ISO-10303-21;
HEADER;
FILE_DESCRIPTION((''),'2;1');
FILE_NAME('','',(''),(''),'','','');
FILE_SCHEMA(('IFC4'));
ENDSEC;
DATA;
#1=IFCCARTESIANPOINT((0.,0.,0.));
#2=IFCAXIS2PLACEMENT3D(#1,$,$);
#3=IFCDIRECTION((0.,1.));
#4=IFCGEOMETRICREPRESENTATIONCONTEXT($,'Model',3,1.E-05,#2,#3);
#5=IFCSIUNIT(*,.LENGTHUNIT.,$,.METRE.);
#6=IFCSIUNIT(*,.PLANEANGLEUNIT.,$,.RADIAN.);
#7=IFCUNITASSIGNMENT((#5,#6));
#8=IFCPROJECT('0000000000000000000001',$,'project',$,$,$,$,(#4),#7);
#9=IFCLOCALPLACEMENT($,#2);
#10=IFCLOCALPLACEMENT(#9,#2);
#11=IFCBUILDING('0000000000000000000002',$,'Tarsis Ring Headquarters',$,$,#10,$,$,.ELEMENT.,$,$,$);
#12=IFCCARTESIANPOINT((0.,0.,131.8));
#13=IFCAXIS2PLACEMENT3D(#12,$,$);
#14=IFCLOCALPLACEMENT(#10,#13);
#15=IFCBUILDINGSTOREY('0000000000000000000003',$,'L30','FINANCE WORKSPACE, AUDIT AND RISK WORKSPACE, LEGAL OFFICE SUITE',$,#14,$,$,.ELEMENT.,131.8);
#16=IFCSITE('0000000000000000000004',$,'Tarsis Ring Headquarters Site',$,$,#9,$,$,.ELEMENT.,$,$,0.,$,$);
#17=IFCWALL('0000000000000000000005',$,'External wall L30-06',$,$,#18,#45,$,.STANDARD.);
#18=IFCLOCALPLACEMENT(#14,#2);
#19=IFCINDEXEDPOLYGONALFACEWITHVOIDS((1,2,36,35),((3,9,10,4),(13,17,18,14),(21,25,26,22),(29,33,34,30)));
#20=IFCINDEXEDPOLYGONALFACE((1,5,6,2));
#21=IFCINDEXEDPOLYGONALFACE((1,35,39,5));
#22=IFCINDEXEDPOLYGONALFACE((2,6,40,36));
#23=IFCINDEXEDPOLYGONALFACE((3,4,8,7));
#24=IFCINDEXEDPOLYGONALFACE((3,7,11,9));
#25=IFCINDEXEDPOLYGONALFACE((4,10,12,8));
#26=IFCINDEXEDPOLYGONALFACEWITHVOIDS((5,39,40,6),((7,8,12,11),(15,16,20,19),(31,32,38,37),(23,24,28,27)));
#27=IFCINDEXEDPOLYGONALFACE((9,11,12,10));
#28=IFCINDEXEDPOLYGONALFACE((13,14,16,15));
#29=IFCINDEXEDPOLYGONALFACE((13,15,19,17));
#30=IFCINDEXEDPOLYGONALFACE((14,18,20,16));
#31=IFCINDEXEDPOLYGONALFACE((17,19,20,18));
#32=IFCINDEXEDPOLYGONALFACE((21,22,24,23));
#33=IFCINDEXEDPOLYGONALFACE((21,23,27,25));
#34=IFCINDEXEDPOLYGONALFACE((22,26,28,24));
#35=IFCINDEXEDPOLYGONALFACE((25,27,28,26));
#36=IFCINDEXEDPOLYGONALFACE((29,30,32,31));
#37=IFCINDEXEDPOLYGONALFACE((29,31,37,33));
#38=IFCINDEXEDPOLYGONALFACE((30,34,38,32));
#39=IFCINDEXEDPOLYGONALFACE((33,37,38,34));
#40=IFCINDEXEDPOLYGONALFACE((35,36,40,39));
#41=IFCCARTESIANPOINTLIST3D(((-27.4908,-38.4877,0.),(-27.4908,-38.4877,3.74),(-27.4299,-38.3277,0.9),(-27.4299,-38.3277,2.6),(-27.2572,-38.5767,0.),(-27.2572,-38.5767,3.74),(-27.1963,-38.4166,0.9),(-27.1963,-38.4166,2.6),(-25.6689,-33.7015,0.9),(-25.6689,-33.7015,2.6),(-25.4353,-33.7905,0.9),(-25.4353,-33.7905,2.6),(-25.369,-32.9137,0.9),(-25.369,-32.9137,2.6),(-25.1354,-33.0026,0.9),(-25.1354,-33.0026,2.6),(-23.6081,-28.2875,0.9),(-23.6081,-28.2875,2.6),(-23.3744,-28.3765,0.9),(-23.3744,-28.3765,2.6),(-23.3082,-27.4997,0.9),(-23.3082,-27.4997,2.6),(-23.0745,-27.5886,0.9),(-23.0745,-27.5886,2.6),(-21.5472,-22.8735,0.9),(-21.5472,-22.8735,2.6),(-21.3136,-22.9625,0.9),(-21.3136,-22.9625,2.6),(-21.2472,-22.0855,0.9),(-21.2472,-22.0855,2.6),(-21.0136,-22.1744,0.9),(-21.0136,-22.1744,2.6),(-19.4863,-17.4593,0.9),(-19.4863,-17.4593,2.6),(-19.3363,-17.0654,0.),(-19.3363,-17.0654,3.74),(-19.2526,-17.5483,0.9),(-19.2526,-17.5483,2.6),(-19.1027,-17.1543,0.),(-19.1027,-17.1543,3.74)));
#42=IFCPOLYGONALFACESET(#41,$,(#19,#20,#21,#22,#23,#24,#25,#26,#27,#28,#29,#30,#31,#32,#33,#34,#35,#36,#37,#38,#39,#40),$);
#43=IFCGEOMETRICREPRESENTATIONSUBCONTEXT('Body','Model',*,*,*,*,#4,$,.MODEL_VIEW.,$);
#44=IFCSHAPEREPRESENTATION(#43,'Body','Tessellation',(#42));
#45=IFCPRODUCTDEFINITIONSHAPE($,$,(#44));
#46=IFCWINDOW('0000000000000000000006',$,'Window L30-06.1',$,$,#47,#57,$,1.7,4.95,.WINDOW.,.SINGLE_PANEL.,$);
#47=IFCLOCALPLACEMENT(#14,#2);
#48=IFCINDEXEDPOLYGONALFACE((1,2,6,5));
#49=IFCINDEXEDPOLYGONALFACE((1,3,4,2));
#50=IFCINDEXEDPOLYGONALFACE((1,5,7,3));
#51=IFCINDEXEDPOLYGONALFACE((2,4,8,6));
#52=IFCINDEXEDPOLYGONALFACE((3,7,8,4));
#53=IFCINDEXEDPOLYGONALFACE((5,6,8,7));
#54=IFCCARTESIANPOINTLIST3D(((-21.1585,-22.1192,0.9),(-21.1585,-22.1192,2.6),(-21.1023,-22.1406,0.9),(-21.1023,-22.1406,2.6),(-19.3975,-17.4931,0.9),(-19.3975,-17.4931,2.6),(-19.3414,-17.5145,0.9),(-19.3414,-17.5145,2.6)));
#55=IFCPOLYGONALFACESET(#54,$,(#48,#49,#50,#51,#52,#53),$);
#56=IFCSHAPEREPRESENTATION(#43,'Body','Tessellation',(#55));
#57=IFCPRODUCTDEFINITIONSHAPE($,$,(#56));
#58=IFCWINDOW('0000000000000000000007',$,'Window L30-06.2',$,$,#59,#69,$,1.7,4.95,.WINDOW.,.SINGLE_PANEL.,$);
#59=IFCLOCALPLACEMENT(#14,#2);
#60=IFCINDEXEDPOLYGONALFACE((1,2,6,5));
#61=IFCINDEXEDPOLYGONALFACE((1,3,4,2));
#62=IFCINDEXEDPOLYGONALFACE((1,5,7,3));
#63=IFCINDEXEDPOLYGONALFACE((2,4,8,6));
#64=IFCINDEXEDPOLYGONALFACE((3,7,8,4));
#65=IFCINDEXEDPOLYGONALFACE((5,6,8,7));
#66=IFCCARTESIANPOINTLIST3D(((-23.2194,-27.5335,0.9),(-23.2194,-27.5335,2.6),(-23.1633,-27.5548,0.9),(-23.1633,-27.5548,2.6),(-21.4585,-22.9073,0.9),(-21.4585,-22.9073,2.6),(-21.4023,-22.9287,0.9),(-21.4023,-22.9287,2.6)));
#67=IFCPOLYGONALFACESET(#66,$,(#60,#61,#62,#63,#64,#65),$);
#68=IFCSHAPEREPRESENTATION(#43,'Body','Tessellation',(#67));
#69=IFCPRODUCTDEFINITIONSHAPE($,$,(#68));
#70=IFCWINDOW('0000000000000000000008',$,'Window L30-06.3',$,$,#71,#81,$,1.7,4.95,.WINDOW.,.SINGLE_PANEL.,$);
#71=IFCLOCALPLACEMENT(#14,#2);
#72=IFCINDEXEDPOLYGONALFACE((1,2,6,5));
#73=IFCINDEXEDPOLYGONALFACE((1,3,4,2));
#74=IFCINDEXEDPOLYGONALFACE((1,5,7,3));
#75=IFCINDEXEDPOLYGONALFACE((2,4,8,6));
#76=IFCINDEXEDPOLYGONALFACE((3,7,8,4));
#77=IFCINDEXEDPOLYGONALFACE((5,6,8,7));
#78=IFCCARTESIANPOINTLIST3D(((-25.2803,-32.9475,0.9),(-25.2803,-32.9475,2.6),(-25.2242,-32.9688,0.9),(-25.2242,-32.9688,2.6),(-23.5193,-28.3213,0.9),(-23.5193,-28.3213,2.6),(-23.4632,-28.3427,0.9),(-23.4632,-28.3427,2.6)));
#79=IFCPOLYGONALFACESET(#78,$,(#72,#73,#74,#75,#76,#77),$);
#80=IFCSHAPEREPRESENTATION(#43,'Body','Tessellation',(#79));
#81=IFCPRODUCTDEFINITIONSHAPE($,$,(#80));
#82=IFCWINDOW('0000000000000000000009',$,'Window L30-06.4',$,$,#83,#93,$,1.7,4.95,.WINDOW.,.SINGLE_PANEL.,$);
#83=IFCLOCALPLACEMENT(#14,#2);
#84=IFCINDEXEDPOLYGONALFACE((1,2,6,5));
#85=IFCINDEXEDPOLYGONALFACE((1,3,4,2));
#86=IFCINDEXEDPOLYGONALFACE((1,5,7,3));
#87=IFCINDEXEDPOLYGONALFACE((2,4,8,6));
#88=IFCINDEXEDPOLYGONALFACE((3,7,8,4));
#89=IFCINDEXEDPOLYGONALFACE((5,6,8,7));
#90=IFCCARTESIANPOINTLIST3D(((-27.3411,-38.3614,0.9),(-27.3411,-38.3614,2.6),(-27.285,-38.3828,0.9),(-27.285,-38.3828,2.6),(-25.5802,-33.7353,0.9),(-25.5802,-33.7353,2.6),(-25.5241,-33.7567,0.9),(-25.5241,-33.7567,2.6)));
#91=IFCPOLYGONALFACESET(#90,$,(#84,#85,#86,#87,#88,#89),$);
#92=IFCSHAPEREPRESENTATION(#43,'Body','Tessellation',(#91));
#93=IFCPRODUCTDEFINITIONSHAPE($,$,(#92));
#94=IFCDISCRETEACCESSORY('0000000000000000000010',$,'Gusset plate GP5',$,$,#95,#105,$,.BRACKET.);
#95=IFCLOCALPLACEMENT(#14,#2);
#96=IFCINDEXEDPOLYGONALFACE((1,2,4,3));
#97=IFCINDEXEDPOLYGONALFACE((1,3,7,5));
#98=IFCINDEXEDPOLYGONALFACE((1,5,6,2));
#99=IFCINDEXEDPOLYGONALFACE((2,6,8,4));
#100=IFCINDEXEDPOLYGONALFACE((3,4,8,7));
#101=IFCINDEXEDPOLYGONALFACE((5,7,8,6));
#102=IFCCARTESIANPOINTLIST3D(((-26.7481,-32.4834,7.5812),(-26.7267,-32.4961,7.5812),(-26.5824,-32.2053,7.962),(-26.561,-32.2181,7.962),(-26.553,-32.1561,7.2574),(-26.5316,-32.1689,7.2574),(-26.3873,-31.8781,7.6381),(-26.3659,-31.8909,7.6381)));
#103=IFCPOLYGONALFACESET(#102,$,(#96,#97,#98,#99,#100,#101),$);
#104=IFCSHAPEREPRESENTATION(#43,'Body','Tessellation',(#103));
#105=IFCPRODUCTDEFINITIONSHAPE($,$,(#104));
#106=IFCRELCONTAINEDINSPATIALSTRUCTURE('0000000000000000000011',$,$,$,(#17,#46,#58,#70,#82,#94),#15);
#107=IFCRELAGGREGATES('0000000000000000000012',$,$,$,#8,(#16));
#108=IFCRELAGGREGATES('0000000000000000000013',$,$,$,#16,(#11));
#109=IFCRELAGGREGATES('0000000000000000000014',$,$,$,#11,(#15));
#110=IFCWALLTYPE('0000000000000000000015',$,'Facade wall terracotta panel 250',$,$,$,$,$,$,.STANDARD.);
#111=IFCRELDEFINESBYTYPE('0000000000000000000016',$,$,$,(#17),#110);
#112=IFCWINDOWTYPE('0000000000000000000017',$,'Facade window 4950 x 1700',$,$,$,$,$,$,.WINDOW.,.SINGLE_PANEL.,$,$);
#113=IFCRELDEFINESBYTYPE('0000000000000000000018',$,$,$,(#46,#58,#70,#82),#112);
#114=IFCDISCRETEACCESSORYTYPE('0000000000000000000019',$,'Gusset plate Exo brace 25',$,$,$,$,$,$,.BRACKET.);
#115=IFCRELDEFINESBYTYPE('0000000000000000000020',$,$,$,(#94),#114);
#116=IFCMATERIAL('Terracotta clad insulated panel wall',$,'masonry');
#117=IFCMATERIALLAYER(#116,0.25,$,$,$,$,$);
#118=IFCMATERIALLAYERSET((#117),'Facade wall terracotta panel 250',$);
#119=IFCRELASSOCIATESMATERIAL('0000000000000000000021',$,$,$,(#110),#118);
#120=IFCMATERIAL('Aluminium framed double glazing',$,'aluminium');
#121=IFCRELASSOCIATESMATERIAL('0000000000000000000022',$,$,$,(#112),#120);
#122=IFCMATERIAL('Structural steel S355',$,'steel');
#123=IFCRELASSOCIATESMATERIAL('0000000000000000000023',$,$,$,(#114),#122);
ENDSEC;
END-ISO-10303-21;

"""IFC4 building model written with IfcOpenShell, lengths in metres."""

from ifc_helpers import new_model, si_unit, direction, frame, frame_2d, origin, origin_2d, place, context, subcontext, project, spatial, rectangle, extrude, material, layer, layer_set, material_profile, profile_set, type_object, element, fill, save


model = new_model("IFC4")

# Units and contexts
model_context = context("Model", 3, precision=1e-05, world=origin(), true_north=direction((0.0, 1.0)))
body_context = subcontext(model_context, "Body", "Model", "MODEL_VIEW")
ifc_project = project(units=[si_unit("LENGTHUNIT", "METRE"), si_unit("PLANEANGLEUNIT", "RADIAN")], contexts=[model_context])

# Site, building, storey
site_placement = place(None, origin())
site = spatial("IfcSite", under=ifc_project, at=site_placement, Name="Tarsis Ring Headquarters Site", CompositionType="ELEMENT", RefElevation=0.0)
building_placement = place(site_placement, origin())
building = spatial("IfcBuilding", under=site, at=building_placement, Name="Tarsis Ring Headquarters", CompositionType="ELEMENT")
storey_placement = place(building_placement, frame((0.0, 0.0, 131.8)))
storey = spatial("IfcBuildingStorey", under=building, at=storey_placement, Name="L30", Description="FINANCE WORKSPACE, AUDIT AND RISK WORKSPACE, LEGAL OFFICE SUITE", CompositionType="ELEMENT", Elevation=131.8)

# Shared definitions
ifc_material_1 = material(Name="Structural steel S355", Category="steel")

# Wall, openings, windows
ifc_material_2 = material(Name="Terracotta clad insulated panel wall", Category="masonry")
ifc_layer_1 = layer(ifc_material_2, 0.25)
ifc_layer_set_1 = layer_set([ifc_layer_1], Name="Facade wall terracotta panel 250")
wall_type_1 = type_object("IfcWallType", Name="Facade wall terracotta panel 250", PredefinedType="STANDARD", material=ifc_layer_set_1)
wall_1_placement = place(storey_placement, frame((-19.2195, -17.1099, 0.0), z_axis=(0.0, 0.0, 1.0), x_axis=(-0.355753, -0.93458, 0.0)))
wall_1 = element("IfcWall", 1, at=wall_1_placement, inside=storey, type_object=wall_type_1, Name="External wall L30-06", PredefinedType="STANDARD", context=body_context, shape_type="SweptSolid", body=[
    extrude(rectangle(XDim=22.9219, YDim=0.25, at=frame_2d((11.4609, 0.0))), origin(), (0.0, 0.0, 1.0), 3.74),
])
opening_1_placement = place(wall_1_placement, frame((0.4214, 0.0, 0.8999)))
opening_1 = element("IfcOpeningElement", 2, at=opening_1_placement, cuts=wall_1, PredefinedType="OPENING", context=body_context, shape_type="SweptSolid", body=[
    extrude(rectangle(XDim=4.95, YDim=1.7, at=frame_2d((2.4751, 0.8501))), frame((0.0, 0.135, 0.0), z_axis=(0.0, -1.0, 0.0), x_axis=(1.0, 0.0, 0.0)), (0.0, 0.0, 1.0), 0.27),
])
opening_2_placement = place(wall_1_placement, frame((6.2146, 0.0, 0.8999)))
opening_2 = element("IfcOpeningElement", 3, at=opening_2_placement, cuts=wall_1, PredefinedType="OPENING", context=body_context, shape_type="SweptSolid", body=[
    extrude(rectangle(XDim=4.95, YDim=1.7, at=frame_2d((2.4751, 0.8501))), frame((0.0, 0.135, 0.0), z_axis=(0.0, -1.0, 0.0), x_axis=(1.0, 0.0, 0.0)), (0.0, 0.0, 1.0), 0.27),
])
opening_3_placement = place(wall_1_placement, frame((12.0076, 0.0, 0.8999)))
opening_3 = element("IfcOpeningElement", 4, at=opening_3_placement, cuts=wall_1, PredefinedType="OPENING", context=body_context, shape_type="SweptSolid", body=[
    extrude(rectangle(XDim=4.95, YDim=1.7, at=frame_2d((2.4751, 0.8501))), frame((0.0, 0.135, 0.0), z_axis=(0.0, -1.0, 0.0), x_axis=(1.0, 0.0, 0.0)), (0.0, 0.0, 1.0), 0.27),
])
opening_4_placement = place(wall_1_placement, frame((17.8005, 0.0, 0.8999)))
opening_4 = element("IfcOpeningElement", 5, at=opening_4_placement, cuts=wall_1, PredefinedType="OPENING", context=body_context, shape_type="SweptSolid", body=[
    extrude(rectangle(XDim=4.95, YDim=1.7, at=frame_2d((2.4751, 0.8501))), frame((0.0, 0.135, 0.0), z_axis=(0.0, -1.0, 0.0), x_axis=(1.0, 0.0, 0.0)), (0.0, 0.0, 1.0), 0.27),
])
ifc_material_3 = material(Name="Aluminium framed double glazing", Category="aluminium")
window_type = type_object("IfcWindowType", Name="Facade window 4950 x 1700", PartitioningType="SINGLE_PANEL", PredefinedType="WINDOW", material=ifc_material_3)
window_1_placement = place(opening_1_placement, origin())
window_1 = element("IfcWindow", 6, at=window_1_placement, inside=storey, type_object=window_type, Name="Window L30-06.1", OverallHeight=1.7, OverallWidth=4.95, PartitioningType="SINGLE_PANEL", PredefinedType="WINDOW", context=body_context, shape_type="SweptSolid", body=[
    extrude(rectangle(XDim=4.95, YDim=1.7, at=frame_2d((2.4751, 0.8501))), frame((0.0, 0.03, 0.0), z_axis=(0.0, -1.0, 0.0), x_axis=(1.0, 0.0, 0.0)), (0.0, 0.0, 1.0), 0.0601),
])
fill(opening_1, window_1)
window_2_placement = place(opening_2_placement, origin())
window_2 = element("IfcWindow", 7, at=window_2_placement, inside=storey, type_object=window_type, Name="Window L30-06.2", OverallHeight=1.7, OverallWidth=4.95, PartitioningType="SINGLE_PANEL", PredefinedType="WINDOW", context=body_context, shape_type="SweptSolid", body=[
    extrude(rectangle(XDim=4.95, YDim=1.7, at=frame_2d((2.4751, 0.8501))), frame((0.0, 0.03, 0.0), z_axis=(0.0, -1.0, 0.0), x_axis=(1.0, 0.0, 0.0)), (0.0, 0.0, 1.0), 0.0601),
])
fill(opening_2, window_2)
window_3_placement = place(opening_3_placement, origin())
window_3 = element("IfcWindow", 8, at=window_3_placement, inside=storey, type_object=window_type, Name="Window L30-06.3", OverallHeight=1.7, OverallWidth=4.95, PartitioningType="SINGLE_PANEL", PredefinedType="WINDOW", context=body_context, shape_type="SweptSolid", body=[
    extrude(rectangle(XDim=4.95, YDim=1.7, at=frame_2d((2.4751, 0.8501))), frame((0.0, 0.03, 0.0), z_axis=(0.0, -1.0, 0.0), x_axis=(1.0, 0.0, 0.0)), (0.0, 0.0, 1.0), 0.0601),
])
fill(opening_3, window_3)
window_4_placement = place(opening_4_placement, origin())
window_4 = element("IfcWindow", 9, at=window_4_placement, inside=storey, type_object=window_type, Name="Window L30-06.4", OverallHeight=1.7, OverallWidth=4.95, PartitioningType="SINGLE_PANEL", PredefinedType="WINDOW", context=body_context, shape_type="SweptSolid", body=[
    extrude(rectangle(XDim=4.95, YDim=1.7, at=frame_2d((2.4751, 0.8501))), frame((0.0, 0.03, 0.0), z_axis=(0.0, -1.0, 0.0), x_axis=(1.0, 0.0, 0.0)), (0.0, 0.0, 1.0), 0.0601),
])
fill(opening_4, window_4)

# Discrete accessory
ifc_material_profile_1 = material_profile(ifc_material_1, rectangle(XDim=0.0249, YDim=0.5, at=origin_2d()), Name="PL 25x500")
ifc_profile_set_1 = profile_set([ifc_material_profile_1], Name="Structural steel S355")
discrete_accessory_type = type_object("IfcDiscreteAccessoryType", Name="Gusset plate Exo brace 25", PredefinedType="BRACKET", material=ifc_profile_set_1)
discrete_accessory_placement = place(storey_placement, frame((-26.4741, -32.0481, 7.8), z_axis=(-0.331636, -0.556308, -0.761932), x_axis=(0.858953, -0.512054, 0.0)))
element("IfcDiscreteAccessory", 10, at=discrete_accessory_placement, inside=storey, type_object=discrete_accessory_type, Name="Gusset plate GP5", PredefinedType="BRACKET", context=body_context, shape_type="SweptSolid", body=[
    extrude(rectangle(XDim=0.0249, YDim=0.5, at=origin_2d()), origin(), (0.0, 0.0, 1.0), 0.4998),
])

save(model, "model.ifc")
